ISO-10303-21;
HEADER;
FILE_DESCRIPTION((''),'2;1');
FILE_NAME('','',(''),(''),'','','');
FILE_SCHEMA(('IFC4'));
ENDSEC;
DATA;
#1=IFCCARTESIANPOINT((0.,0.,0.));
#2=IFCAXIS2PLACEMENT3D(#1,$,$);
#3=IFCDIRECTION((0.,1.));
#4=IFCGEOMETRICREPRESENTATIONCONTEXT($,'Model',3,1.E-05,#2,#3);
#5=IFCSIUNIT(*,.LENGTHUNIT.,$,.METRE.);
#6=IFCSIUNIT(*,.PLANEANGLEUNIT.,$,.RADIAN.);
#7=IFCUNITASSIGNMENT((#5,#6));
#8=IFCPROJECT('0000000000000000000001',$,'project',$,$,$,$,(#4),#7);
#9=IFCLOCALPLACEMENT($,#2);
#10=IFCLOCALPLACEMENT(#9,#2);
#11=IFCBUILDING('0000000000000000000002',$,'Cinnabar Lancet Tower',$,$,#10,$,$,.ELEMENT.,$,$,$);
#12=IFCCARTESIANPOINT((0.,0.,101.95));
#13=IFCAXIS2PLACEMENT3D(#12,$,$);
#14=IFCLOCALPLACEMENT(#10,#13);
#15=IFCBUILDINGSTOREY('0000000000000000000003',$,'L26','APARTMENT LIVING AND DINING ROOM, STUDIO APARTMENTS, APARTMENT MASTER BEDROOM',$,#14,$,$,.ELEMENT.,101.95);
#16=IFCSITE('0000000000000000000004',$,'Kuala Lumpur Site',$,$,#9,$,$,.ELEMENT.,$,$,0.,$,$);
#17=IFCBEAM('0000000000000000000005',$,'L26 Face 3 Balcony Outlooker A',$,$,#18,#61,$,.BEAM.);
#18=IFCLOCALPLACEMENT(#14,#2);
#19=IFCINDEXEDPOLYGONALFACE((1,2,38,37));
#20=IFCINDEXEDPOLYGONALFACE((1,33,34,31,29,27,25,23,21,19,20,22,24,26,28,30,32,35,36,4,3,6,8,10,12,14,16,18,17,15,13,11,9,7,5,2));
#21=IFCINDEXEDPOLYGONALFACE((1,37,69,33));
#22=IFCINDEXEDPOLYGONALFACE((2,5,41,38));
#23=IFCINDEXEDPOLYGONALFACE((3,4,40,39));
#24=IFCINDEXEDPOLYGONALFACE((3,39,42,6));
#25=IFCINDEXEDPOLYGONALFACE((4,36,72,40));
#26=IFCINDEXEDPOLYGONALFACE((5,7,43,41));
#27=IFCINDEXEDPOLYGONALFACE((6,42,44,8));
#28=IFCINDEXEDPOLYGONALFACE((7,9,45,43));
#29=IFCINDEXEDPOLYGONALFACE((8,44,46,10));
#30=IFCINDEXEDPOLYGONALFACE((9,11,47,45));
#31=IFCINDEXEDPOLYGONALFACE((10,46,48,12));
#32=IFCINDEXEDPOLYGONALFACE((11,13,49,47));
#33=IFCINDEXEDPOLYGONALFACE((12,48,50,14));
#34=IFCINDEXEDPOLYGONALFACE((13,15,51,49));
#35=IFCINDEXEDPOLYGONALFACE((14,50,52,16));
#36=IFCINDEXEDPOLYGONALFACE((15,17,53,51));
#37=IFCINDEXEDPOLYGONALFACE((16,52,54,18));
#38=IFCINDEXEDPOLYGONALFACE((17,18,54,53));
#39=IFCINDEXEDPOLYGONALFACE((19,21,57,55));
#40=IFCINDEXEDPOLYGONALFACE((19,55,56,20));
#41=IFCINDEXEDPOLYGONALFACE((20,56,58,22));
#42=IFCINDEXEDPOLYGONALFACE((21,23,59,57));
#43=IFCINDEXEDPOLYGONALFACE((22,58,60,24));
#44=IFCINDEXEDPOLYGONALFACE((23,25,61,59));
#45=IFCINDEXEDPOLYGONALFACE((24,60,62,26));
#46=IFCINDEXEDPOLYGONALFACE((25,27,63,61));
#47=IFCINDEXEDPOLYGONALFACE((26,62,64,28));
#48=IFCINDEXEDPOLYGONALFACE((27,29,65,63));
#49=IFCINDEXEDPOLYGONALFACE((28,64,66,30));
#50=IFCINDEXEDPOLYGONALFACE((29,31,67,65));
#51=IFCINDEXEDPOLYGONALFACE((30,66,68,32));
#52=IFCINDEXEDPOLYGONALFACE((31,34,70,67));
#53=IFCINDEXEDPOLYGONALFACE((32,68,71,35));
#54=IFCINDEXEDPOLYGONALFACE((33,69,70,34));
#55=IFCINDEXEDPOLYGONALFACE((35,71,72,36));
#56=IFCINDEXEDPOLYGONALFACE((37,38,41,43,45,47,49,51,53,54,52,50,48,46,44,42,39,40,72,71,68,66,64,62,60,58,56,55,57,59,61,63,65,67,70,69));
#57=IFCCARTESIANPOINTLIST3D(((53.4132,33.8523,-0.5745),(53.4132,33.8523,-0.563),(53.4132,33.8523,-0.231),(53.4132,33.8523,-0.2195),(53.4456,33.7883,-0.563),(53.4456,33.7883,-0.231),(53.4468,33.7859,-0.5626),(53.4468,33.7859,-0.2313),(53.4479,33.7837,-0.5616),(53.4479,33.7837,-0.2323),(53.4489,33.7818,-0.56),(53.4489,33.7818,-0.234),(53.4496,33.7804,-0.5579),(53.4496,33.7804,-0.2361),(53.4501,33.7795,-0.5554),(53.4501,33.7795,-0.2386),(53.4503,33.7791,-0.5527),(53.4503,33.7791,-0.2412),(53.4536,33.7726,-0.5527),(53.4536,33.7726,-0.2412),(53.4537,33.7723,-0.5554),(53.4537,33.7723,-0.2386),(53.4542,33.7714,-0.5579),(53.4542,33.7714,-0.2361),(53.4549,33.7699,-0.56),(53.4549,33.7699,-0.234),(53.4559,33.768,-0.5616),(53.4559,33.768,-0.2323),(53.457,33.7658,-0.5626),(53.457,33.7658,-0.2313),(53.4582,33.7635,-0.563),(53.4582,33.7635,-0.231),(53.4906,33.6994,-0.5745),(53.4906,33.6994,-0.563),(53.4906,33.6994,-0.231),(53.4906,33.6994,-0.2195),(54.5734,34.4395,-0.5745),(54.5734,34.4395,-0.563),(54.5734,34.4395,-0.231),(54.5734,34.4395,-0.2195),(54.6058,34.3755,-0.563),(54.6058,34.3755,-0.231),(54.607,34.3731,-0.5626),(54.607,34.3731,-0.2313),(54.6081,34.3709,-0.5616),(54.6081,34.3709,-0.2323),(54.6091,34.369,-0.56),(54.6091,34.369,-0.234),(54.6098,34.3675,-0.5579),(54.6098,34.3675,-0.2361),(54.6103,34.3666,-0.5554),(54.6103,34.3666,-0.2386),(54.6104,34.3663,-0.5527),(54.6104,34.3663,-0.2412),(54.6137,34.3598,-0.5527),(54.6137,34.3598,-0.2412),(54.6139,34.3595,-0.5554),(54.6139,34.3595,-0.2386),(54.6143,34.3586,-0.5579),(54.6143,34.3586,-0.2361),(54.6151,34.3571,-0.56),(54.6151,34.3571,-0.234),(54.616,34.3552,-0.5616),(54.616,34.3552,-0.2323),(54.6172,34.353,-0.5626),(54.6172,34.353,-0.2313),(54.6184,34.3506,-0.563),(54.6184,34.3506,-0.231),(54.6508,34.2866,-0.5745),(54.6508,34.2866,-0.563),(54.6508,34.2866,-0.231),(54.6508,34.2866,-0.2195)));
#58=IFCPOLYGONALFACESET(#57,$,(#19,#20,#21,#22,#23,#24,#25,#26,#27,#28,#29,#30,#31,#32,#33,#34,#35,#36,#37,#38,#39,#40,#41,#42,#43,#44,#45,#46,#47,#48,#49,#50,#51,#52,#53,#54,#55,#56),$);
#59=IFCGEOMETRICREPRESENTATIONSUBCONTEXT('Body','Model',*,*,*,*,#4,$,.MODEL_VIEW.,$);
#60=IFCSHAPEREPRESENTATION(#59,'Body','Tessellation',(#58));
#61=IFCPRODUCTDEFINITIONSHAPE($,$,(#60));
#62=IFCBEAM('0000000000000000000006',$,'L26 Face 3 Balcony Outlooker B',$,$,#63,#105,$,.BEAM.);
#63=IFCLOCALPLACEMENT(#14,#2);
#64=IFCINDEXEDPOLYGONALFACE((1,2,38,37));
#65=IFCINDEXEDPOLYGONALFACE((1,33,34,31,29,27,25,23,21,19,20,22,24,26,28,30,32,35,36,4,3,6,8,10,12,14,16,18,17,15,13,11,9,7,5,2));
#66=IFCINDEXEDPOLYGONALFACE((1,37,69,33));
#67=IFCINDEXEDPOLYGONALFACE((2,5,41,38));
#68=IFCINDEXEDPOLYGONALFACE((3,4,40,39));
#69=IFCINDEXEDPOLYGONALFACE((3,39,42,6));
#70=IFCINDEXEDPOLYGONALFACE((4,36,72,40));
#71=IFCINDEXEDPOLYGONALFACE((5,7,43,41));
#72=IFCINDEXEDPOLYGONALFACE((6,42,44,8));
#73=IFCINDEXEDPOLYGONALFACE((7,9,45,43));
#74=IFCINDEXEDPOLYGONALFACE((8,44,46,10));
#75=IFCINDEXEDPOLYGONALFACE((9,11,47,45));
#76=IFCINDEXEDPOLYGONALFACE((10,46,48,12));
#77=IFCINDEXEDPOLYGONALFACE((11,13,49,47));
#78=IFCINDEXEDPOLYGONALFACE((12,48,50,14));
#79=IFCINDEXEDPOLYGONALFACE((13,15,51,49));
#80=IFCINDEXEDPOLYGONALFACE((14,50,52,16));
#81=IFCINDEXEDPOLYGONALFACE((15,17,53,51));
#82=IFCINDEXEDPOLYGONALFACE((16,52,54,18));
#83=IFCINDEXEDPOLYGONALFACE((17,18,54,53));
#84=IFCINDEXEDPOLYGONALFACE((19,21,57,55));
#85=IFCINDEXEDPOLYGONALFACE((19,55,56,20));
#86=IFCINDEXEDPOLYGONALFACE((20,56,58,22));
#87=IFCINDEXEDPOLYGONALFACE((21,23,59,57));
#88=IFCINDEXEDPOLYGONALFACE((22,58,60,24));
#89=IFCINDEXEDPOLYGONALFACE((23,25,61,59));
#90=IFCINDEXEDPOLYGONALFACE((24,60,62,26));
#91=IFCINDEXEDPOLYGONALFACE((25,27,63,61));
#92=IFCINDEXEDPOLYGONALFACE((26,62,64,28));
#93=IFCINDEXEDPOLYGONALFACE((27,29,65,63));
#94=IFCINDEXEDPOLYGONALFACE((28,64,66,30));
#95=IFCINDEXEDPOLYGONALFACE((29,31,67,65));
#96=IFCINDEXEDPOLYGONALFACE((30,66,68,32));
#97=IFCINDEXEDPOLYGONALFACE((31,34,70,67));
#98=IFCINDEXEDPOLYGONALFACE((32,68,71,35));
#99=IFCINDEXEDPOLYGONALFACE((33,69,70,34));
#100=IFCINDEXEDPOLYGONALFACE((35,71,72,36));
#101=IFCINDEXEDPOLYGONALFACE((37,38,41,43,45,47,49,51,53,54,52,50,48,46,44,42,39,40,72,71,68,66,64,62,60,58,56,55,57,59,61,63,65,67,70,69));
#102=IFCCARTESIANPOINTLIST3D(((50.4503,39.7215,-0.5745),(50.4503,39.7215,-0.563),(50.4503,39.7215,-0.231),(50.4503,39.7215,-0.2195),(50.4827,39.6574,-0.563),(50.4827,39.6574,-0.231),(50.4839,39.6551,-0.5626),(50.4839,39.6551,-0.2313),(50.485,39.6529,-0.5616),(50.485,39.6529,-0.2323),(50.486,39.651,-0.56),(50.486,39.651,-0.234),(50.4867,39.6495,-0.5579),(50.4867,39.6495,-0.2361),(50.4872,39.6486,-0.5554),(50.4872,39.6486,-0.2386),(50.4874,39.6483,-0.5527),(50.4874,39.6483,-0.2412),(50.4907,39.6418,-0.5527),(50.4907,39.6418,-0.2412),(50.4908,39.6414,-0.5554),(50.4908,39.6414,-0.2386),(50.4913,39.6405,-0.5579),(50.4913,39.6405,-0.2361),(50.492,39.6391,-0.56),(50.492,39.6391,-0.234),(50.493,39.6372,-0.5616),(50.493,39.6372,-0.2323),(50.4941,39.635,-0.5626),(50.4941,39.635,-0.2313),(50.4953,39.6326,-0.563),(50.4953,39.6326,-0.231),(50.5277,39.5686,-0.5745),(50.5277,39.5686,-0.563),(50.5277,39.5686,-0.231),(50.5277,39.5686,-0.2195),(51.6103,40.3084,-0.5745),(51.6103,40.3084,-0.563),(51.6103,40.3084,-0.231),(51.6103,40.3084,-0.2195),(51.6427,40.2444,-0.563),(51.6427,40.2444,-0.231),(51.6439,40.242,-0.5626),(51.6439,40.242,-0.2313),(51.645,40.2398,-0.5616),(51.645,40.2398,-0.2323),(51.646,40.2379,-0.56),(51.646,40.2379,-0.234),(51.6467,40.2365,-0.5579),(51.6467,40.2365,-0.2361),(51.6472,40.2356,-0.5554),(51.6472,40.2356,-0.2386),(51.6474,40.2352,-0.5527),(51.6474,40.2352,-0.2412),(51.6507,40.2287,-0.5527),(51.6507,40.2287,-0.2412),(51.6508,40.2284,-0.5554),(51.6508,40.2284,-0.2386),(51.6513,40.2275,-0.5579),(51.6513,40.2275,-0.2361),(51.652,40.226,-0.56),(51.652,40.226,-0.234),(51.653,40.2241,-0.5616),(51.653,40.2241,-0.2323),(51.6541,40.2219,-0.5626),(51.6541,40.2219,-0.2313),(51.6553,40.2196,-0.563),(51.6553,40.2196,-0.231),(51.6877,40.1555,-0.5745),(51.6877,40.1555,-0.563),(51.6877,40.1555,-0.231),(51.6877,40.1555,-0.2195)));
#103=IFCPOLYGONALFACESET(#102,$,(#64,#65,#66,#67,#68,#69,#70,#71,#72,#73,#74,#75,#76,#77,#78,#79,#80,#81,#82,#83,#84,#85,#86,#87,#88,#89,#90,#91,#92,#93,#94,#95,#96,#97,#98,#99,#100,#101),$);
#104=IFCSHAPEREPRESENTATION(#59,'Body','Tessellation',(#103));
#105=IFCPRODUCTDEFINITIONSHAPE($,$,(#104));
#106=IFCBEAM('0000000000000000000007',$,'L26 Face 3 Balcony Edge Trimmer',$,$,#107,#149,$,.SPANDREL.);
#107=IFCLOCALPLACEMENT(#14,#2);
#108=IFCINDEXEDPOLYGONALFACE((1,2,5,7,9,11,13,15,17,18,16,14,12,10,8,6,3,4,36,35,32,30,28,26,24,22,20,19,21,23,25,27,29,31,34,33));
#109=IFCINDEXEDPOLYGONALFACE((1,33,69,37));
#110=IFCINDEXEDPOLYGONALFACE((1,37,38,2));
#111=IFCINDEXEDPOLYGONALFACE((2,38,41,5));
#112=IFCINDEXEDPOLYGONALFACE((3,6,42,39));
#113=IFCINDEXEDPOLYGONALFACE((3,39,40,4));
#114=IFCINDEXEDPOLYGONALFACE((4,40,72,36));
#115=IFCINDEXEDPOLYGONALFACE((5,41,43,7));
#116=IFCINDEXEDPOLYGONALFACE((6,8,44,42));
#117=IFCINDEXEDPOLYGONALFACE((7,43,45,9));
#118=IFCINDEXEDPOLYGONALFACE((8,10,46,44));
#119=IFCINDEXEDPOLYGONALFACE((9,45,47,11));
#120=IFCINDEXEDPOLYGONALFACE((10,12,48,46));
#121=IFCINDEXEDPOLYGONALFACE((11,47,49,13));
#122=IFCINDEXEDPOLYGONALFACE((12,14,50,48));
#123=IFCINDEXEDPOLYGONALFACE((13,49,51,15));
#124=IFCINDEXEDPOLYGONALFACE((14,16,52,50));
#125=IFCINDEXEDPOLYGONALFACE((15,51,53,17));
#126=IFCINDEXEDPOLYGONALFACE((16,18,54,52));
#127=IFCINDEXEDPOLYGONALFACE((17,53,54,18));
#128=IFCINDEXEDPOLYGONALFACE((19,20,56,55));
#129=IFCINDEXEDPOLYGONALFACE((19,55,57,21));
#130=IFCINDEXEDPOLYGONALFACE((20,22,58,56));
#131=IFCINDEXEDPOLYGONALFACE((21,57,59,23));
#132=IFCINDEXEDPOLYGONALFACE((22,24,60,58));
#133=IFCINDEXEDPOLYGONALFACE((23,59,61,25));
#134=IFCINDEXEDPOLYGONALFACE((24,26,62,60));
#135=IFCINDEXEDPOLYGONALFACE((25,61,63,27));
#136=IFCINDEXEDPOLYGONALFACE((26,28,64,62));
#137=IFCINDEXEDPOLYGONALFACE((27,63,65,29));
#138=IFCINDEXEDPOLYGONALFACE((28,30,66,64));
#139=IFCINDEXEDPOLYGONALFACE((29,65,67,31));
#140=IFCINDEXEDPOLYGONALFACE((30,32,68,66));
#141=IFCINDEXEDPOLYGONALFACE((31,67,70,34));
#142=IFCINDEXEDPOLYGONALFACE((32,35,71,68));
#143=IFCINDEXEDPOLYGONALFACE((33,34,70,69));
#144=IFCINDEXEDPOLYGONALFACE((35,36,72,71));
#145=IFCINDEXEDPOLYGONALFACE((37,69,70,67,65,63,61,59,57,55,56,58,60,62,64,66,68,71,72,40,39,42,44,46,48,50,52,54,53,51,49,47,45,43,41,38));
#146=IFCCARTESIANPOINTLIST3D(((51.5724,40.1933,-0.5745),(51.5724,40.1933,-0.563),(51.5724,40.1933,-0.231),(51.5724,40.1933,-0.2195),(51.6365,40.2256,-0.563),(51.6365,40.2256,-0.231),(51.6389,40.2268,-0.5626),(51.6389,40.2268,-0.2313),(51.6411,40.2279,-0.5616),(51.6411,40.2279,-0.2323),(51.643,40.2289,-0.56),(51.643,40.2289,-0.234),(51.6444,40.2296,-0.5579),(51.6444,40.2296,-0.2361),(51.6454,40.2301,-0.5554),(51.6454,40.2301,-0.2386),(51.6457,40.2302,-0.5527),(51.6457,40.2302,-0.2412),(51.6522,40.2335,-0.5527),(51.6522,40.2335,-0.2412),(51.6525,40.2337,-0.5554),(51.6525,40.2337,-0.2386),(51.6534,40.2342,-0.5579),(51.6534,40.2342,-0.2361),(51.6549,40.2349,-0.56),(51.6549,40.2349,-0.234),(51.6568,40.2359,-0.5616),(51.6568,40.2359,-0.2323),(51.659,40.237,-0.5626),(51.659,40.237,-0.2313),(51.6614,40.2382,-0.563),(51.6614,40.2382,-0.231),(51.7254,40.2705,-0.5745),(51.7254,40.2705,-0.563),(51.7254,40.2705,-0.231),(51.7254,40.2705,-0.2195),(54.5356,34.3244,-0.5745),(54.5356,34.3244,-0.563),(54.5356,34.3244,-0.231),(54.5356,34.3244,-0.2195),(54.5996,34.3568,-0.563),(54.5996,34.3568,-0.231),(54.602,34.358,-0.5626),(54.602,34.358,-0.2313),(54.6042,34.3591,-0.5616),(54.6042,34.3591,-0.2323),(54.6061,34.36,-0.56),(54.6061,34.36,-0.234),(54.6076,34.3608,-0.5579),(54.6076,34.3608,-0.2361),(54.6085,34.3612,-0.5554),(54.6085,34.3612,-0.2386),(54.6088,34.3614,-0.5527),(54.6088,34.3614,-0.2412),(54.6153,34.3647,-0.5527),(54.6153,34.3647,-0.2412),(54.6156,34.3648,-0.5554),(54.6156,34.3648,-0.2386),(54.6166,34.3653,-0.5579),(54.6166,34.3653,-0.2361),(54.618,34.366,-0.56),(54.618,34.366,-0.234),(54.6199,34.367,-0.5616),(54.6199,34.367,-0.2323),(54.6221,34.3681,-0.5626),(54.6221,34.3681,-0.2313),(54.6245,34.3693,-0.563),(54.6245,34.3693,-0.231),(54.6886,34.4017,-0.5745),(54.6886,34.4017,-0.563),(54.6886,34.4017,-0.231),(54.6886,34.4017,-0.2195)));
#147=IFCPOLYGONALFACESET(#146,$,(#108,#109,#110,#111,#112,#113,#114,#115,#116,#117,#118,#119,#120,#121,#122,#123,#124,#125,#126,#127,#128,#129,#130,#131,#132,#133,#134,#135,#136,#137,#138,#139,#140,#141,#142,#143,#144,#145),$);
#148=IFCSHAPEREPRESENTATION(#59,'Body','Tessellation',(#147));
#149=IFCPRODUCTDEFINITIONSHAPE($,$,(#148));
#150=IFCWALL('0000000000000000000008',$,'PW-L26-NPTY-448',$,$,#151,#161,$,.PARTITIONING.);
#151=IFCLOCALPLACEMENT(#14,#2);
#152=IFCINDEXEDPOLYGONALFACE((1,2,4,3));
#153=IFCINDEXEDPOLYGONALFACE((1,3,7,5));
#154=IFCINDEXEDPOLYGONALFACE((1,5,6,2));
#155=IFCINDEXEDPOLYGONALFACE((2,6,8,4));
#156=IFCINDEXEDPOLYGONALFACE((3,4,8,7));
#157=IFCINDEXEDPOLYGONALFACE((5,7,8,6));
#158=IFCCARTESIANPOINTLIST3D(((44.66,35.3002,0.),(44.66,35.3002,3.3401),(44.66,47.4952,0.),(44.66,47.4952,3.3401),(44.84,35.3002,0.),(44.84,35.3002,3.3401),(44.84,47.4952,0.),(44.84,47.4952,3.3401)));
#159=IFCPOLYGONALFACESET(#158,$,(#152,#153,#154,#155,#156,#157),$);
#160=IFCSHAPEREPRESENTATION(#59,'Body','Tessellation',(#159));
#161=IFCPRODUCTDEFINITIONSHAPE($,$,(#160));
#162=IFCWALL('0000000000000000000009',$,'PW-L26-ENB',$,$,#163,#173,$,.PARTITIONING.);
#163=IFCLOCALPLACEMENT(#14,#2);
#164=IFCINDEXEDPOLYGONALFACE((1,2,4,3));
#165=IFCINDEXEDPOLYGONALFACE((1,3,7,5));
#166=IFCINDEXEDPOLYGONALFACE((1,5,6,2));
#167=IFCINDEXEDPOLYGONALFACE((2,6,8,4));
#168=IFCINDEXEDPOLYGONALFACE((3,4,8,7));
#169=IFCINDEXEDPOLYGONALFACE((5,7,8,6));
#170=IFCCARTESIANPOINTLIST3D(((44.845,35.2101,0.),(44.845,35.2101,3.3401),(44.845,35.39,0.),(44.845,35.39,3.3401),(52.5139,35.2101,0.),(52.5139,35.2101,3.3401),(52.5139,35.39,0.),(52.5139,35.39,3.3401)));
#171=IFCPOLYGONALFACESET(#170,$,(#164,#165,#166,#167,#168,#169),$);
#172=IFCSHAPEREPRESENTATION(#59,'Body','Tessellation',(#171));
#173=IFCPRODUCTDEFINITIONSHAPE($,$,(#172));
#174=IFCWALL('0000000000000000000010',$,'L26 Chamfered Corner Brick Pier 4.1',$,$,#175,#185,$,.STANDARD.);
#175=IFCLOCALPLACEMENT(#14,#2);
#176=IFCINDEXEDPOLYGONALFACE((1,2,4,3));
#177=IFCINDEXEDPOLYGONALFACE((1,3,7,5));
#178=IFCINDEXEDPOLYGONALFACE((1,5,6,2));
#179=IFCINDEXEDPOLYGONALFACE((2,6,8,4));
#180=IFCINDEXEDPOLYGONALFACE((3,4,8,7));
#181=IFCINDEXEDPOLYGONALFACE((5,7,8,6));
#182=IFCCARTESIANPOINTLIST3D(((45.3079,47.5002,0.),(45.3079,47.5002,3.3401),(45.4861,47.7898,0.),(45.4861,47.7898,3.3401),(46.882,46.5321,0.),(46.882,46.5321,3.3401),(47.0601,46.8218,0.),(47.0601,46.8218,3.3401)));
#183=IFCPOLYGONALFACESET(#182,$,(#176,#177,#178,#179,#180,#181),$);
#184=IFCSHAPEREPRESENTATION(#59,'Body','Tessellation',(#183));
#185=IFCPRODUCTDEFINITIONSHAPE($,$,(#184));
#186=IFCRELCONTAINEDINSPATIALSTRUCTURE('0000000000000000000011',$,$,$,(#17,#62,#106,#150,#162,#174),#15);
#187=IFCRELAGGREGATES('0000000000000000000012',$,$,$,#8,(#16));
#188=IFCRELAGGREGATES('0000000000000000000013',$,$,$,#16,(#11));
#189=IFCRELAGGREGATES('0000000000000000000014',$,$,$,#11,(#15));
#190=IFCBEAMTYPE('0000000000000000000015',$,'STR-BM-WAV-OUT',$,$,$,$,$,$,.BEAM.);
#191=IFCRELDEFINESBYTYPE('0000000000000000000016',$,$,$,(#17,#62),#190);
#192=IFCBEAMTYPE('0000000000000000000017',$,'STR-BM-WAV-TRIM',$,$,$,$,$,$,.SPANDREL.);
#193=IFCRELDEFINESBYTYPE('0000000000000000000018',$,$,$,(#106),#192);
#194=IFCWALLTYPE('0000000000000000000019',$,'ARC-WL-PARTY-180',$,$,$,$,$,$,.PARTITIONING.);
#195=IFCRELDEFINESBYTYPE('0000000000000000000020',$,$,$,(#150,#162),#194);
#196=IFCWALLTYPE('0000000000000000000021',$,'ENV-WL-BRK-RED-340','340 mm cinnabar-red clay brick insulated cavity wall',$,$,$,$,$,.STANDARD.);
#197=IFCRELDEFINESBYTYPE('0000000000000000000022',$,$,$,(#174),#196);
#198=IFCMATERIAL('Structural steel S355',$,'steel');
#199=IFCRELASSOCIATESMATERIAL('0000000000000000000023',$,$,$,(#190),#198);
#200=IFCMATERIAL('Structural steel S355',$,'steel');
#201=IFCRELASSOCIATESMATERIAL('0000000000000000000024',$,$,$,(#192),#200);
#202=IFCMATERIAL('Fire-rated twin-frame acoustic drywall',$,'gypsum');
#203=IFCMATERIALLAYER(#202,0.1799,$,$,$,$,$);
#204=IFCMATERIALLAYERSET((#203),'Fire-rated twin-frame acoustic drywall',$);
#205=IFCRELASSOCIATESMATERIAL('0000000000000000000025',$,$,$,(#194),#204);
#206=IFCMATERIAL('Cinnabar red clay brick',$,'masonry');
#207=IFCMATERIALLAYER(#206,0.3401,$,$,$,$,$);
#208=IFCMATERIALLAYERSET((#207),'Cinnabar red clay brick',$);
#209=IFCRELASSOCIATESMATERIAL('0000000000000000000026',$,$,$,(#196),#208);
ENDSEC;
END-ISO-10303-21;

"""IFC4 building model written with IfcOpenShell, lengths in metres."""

from ifc_helpers import new_model, si_unit, direction, frame, frame_2d, origin, origin_2d, place, context, subcontext, project, spatial, rectangle, i_section, extrude, material, layer, layer_set, material_profile, profile_set, type_object, element, save


model = new_model("IFC4")

# Units and contexts
model_context = context("Model", 3, precision=1e-05, world=origin(), true_north=direction((0.0, 1.0)))
body_context = subcontext(model_context, "Body", "Model", "MODEL_VIEW")
ifc_project = project(units=[si_unit("LENGTHUNIT", "METRE"), si_unit("PLANEANGLEUNIT", "RADIAN")], contexts=[model_context])

# Site, building, storey
site_placement = place(None, origin())
site = spatial("IfcSite", under=ifc_project, at=site_placement, Name="Kuala Lumpur Site", CompositionType="ELEMENT", RefElevation=0.0)
building_placement = place(site_placement, origin())
building = spatial("IfcBuilding", under=site, at=building_placement, Name="Cinnabar Lancet Tower", CompositionType="ELEMENT")
storey_placement = place(building_placement, frame((0.0, 0.0, 101.95)))
storey = spatial("IfcBuildingStorey", under=building, at=storey_placement, Name="L26", Description="APARTMENT LIVING AND DINING ROOM, STUDIO APARTMENTS, APARTMENT MASTER BEDROOM", CompositionType="ELEMENT", Elevation=101.95)

# Beams
ifc_material_1 = material(Name="Structural steel S355", Category="steel")
ifc_material_profile_1 = material_profile(ifc_material_1, i_section(OverallWidth=0.1714, OverallDepth=0.355, WebThickness=0.0073, FlangeThickness=0.0115, FilletRadius=0.0103, at=origin_2d()), Name="UKB 356x171x51")
ifc_profile_set_1 = profile_set([ifc_material_profile_1], Name="Structural steel S355")
beam_type_1 = type_object("IfcBeamType", Name="STR-BM-WAV-OUT", PredefinedType="BEAM", material=ifc_profile_set_1)
beam_1_placement = place(storey_placement, frame((53.4519, 33.7759, -0.397), z_axis=(0.892239, 0.451564, 0.0), x_axis=(-0.451564, 0.892239, 0.0)))
element("IfcBeam", 1, at=beam_1_placement, inside=storey, type_object=beam_type_1, Name="L26 Face 3 Balcony Outlooker A", PredefinedType="BEAM", context=body_context, shape_type="SweptSolid", body=[
    extrude(i_section(OverallWidth=0.1714, OverallDepth=0.355, WebThickness=0.0073, FlangeThickness=0.0115, FilletRadius=0.0103, at=origin_2d()), origin(), (0.0, 0.0, 1.0), 1.3003),
])
beam_2_placement = place(storey_placement, frame((50.489, 39.645, -0.397), z_axis=(0.892276, 0.45149, 0.0), x_axis=(-0.45149, 0.892276, 0.0)))
element("IfcBeam", 2, at=beam_2_placement, inside=storey, type_object=beam_type_1, Name="L26 Face 3 Balcony Outlooker B", PredefinedType="BEAM", context=body_context, shape_type="SweptSolid", body=[
    extrude(i_section(OverallWidth=0.1714, OverallDepth=0.355, WebThickness=0.0073, FlangeThickness=0.0115, FilletRadius=0.0103, at=origin_2d()), origin(), (0.0, 0.0, 1.0), 1.3),
])
ifc_material_2 = material(Name="Structural steel S355", Category="steel")
ifc_material_profile_2 = material_profile(ifc_material_2, i_section(OverallWidth=0.1714, OverallDepth=0.355, WebThickness=0.0073, FlangeThickness=0.0115, FilletRadius=0.0103, at=origin_2d()), Name="UKB 356x171x51")
ifc_profile_set_2 = profile_set([ifc_material_profile_2], Name="Structural steel S355")
beam_type_2 = type_object("IfcBeamType", Name="STR-BM-WAV-TRIM", PredefinedType="SPANDREL", material=ifc_profile_set_2)
beam_3_placement = place(storey_placement, frame((54.6121, 34.363, -0.397), z_axis=(-0.450701, 0.892675, 0.0), x_axis=(-0.892675, -0.450701, 0.0)))
element("IfcBeam", 3, at=beam_3_placement, inside=storey, type_object=beam_type_2, Name="L26 Face 3 Balcony Edge Trimmer", PredefinedType="SPANDREL", context=body_context, shape_type="SweptSolid", body=[
    extrude(i_section(OverallWidth=0.1714, OverallDepth=0.355, WebThickness=0.0073, FlangeThickness=0.0115, FilletRadius=0.0103, at=origin_2d()), origin(), (0.0, 0.0, 1.0), 6.5745),
])

# Walls
ifc_material_3 = material(Name="Fire-rated twin-frame acoustic drywall", Category="gypsum")
ifc_layer_1 = layer(ifc_material_3, 0.1799)
ifc_layer_set_1 = layer_set([ifc_layer_1], Name="Fire-rated twin-frame acoustic drywall")
wall_type_1 = type_object("IfcWallType", Name="ARC-WL-PARTY-180", PredefinedType="PARTITIONING", material=ifc_layer_set_1)
wall_1_placement = place(storey_placement, frame((44.75, 35.3, 0.0), z_axis=(0.0, 0.0, 1.0), x_axis=(0.0, 1.0, 0.0)))
element("IfcWall", 4, at=wall_1_placement, inside=storey, type_object=wall_type_1, Name="PW-L26-NPTY-448", PredefinedType="PARTITIONING", context=body_context, shape_type="SweptSolid", body=[
    extrude(rectangle(XDim=12.1951, YDim=0.1799, at=frame_2d((6.0977, 0.0))), origin(), (0.0, 0.0, 1.0), 3.3401),
])
wall_2_placement = place(storey_placement, frame((44.845, 35.3, 0.0), z_axis=(0.0, 0.0, 1.0), x_axis=(1.0, 0.0, 0.0)))
element("IfcWall", 5, at=wall_2_placement, inside=storey, type_object=wall_type_1, Name="PW-L26-ENB", PredefinedType="PARTITIONING", context=body_context, shape_type="SweptSolid", body=[
    extrude(rectangle(XDim=7.6689, YDim=0.1799, at=frame_2d((3.8345, 0.0))), origin(), (0.0, 0.0, 1.0), 3.3401),
])
ifc_material_4 = material(Name="Cinnabar red clay brick", Category="masonry")
ifc_layer_2 = layer(ifc_material_4, 0.3401)
ifc_layer_set_2 = layer_set([ifc_layer_2], Name="Cinnabar red clay brick")
wall_type_2 = type_object("IfcWallType", Name="ENV-WL-BRK-RED-340", Description="340 mm cinnabar-red clay brick insulated cavity wall", PredefinedType="STANDARD", material=ifc_layer_set_2)
wall_3_placement = place(storey_placement, frame((46.9709, 46.677, 0.0), z_axis=(0.0, 0.0, 1.0), x_axis=(-0.851799, 0.523869, 0.0)))
element("IfcWall", 6, at=wall_3_placement, inside=storey, type_object=wall_type_2, Name="L26 Chamfered Corner Brick Pier 4.1", PredefinedType="STANDARD", context=body_context, shape_type="SweptSolid", body=[
    extrude(rectangle(XDim=1.8479, YDim=0.3401, at=frame_2d((0.9238, 0.0))), origin(), (0.0, 0.0, 1.0), 3.3401),
])

save(model, "model.ifc")
